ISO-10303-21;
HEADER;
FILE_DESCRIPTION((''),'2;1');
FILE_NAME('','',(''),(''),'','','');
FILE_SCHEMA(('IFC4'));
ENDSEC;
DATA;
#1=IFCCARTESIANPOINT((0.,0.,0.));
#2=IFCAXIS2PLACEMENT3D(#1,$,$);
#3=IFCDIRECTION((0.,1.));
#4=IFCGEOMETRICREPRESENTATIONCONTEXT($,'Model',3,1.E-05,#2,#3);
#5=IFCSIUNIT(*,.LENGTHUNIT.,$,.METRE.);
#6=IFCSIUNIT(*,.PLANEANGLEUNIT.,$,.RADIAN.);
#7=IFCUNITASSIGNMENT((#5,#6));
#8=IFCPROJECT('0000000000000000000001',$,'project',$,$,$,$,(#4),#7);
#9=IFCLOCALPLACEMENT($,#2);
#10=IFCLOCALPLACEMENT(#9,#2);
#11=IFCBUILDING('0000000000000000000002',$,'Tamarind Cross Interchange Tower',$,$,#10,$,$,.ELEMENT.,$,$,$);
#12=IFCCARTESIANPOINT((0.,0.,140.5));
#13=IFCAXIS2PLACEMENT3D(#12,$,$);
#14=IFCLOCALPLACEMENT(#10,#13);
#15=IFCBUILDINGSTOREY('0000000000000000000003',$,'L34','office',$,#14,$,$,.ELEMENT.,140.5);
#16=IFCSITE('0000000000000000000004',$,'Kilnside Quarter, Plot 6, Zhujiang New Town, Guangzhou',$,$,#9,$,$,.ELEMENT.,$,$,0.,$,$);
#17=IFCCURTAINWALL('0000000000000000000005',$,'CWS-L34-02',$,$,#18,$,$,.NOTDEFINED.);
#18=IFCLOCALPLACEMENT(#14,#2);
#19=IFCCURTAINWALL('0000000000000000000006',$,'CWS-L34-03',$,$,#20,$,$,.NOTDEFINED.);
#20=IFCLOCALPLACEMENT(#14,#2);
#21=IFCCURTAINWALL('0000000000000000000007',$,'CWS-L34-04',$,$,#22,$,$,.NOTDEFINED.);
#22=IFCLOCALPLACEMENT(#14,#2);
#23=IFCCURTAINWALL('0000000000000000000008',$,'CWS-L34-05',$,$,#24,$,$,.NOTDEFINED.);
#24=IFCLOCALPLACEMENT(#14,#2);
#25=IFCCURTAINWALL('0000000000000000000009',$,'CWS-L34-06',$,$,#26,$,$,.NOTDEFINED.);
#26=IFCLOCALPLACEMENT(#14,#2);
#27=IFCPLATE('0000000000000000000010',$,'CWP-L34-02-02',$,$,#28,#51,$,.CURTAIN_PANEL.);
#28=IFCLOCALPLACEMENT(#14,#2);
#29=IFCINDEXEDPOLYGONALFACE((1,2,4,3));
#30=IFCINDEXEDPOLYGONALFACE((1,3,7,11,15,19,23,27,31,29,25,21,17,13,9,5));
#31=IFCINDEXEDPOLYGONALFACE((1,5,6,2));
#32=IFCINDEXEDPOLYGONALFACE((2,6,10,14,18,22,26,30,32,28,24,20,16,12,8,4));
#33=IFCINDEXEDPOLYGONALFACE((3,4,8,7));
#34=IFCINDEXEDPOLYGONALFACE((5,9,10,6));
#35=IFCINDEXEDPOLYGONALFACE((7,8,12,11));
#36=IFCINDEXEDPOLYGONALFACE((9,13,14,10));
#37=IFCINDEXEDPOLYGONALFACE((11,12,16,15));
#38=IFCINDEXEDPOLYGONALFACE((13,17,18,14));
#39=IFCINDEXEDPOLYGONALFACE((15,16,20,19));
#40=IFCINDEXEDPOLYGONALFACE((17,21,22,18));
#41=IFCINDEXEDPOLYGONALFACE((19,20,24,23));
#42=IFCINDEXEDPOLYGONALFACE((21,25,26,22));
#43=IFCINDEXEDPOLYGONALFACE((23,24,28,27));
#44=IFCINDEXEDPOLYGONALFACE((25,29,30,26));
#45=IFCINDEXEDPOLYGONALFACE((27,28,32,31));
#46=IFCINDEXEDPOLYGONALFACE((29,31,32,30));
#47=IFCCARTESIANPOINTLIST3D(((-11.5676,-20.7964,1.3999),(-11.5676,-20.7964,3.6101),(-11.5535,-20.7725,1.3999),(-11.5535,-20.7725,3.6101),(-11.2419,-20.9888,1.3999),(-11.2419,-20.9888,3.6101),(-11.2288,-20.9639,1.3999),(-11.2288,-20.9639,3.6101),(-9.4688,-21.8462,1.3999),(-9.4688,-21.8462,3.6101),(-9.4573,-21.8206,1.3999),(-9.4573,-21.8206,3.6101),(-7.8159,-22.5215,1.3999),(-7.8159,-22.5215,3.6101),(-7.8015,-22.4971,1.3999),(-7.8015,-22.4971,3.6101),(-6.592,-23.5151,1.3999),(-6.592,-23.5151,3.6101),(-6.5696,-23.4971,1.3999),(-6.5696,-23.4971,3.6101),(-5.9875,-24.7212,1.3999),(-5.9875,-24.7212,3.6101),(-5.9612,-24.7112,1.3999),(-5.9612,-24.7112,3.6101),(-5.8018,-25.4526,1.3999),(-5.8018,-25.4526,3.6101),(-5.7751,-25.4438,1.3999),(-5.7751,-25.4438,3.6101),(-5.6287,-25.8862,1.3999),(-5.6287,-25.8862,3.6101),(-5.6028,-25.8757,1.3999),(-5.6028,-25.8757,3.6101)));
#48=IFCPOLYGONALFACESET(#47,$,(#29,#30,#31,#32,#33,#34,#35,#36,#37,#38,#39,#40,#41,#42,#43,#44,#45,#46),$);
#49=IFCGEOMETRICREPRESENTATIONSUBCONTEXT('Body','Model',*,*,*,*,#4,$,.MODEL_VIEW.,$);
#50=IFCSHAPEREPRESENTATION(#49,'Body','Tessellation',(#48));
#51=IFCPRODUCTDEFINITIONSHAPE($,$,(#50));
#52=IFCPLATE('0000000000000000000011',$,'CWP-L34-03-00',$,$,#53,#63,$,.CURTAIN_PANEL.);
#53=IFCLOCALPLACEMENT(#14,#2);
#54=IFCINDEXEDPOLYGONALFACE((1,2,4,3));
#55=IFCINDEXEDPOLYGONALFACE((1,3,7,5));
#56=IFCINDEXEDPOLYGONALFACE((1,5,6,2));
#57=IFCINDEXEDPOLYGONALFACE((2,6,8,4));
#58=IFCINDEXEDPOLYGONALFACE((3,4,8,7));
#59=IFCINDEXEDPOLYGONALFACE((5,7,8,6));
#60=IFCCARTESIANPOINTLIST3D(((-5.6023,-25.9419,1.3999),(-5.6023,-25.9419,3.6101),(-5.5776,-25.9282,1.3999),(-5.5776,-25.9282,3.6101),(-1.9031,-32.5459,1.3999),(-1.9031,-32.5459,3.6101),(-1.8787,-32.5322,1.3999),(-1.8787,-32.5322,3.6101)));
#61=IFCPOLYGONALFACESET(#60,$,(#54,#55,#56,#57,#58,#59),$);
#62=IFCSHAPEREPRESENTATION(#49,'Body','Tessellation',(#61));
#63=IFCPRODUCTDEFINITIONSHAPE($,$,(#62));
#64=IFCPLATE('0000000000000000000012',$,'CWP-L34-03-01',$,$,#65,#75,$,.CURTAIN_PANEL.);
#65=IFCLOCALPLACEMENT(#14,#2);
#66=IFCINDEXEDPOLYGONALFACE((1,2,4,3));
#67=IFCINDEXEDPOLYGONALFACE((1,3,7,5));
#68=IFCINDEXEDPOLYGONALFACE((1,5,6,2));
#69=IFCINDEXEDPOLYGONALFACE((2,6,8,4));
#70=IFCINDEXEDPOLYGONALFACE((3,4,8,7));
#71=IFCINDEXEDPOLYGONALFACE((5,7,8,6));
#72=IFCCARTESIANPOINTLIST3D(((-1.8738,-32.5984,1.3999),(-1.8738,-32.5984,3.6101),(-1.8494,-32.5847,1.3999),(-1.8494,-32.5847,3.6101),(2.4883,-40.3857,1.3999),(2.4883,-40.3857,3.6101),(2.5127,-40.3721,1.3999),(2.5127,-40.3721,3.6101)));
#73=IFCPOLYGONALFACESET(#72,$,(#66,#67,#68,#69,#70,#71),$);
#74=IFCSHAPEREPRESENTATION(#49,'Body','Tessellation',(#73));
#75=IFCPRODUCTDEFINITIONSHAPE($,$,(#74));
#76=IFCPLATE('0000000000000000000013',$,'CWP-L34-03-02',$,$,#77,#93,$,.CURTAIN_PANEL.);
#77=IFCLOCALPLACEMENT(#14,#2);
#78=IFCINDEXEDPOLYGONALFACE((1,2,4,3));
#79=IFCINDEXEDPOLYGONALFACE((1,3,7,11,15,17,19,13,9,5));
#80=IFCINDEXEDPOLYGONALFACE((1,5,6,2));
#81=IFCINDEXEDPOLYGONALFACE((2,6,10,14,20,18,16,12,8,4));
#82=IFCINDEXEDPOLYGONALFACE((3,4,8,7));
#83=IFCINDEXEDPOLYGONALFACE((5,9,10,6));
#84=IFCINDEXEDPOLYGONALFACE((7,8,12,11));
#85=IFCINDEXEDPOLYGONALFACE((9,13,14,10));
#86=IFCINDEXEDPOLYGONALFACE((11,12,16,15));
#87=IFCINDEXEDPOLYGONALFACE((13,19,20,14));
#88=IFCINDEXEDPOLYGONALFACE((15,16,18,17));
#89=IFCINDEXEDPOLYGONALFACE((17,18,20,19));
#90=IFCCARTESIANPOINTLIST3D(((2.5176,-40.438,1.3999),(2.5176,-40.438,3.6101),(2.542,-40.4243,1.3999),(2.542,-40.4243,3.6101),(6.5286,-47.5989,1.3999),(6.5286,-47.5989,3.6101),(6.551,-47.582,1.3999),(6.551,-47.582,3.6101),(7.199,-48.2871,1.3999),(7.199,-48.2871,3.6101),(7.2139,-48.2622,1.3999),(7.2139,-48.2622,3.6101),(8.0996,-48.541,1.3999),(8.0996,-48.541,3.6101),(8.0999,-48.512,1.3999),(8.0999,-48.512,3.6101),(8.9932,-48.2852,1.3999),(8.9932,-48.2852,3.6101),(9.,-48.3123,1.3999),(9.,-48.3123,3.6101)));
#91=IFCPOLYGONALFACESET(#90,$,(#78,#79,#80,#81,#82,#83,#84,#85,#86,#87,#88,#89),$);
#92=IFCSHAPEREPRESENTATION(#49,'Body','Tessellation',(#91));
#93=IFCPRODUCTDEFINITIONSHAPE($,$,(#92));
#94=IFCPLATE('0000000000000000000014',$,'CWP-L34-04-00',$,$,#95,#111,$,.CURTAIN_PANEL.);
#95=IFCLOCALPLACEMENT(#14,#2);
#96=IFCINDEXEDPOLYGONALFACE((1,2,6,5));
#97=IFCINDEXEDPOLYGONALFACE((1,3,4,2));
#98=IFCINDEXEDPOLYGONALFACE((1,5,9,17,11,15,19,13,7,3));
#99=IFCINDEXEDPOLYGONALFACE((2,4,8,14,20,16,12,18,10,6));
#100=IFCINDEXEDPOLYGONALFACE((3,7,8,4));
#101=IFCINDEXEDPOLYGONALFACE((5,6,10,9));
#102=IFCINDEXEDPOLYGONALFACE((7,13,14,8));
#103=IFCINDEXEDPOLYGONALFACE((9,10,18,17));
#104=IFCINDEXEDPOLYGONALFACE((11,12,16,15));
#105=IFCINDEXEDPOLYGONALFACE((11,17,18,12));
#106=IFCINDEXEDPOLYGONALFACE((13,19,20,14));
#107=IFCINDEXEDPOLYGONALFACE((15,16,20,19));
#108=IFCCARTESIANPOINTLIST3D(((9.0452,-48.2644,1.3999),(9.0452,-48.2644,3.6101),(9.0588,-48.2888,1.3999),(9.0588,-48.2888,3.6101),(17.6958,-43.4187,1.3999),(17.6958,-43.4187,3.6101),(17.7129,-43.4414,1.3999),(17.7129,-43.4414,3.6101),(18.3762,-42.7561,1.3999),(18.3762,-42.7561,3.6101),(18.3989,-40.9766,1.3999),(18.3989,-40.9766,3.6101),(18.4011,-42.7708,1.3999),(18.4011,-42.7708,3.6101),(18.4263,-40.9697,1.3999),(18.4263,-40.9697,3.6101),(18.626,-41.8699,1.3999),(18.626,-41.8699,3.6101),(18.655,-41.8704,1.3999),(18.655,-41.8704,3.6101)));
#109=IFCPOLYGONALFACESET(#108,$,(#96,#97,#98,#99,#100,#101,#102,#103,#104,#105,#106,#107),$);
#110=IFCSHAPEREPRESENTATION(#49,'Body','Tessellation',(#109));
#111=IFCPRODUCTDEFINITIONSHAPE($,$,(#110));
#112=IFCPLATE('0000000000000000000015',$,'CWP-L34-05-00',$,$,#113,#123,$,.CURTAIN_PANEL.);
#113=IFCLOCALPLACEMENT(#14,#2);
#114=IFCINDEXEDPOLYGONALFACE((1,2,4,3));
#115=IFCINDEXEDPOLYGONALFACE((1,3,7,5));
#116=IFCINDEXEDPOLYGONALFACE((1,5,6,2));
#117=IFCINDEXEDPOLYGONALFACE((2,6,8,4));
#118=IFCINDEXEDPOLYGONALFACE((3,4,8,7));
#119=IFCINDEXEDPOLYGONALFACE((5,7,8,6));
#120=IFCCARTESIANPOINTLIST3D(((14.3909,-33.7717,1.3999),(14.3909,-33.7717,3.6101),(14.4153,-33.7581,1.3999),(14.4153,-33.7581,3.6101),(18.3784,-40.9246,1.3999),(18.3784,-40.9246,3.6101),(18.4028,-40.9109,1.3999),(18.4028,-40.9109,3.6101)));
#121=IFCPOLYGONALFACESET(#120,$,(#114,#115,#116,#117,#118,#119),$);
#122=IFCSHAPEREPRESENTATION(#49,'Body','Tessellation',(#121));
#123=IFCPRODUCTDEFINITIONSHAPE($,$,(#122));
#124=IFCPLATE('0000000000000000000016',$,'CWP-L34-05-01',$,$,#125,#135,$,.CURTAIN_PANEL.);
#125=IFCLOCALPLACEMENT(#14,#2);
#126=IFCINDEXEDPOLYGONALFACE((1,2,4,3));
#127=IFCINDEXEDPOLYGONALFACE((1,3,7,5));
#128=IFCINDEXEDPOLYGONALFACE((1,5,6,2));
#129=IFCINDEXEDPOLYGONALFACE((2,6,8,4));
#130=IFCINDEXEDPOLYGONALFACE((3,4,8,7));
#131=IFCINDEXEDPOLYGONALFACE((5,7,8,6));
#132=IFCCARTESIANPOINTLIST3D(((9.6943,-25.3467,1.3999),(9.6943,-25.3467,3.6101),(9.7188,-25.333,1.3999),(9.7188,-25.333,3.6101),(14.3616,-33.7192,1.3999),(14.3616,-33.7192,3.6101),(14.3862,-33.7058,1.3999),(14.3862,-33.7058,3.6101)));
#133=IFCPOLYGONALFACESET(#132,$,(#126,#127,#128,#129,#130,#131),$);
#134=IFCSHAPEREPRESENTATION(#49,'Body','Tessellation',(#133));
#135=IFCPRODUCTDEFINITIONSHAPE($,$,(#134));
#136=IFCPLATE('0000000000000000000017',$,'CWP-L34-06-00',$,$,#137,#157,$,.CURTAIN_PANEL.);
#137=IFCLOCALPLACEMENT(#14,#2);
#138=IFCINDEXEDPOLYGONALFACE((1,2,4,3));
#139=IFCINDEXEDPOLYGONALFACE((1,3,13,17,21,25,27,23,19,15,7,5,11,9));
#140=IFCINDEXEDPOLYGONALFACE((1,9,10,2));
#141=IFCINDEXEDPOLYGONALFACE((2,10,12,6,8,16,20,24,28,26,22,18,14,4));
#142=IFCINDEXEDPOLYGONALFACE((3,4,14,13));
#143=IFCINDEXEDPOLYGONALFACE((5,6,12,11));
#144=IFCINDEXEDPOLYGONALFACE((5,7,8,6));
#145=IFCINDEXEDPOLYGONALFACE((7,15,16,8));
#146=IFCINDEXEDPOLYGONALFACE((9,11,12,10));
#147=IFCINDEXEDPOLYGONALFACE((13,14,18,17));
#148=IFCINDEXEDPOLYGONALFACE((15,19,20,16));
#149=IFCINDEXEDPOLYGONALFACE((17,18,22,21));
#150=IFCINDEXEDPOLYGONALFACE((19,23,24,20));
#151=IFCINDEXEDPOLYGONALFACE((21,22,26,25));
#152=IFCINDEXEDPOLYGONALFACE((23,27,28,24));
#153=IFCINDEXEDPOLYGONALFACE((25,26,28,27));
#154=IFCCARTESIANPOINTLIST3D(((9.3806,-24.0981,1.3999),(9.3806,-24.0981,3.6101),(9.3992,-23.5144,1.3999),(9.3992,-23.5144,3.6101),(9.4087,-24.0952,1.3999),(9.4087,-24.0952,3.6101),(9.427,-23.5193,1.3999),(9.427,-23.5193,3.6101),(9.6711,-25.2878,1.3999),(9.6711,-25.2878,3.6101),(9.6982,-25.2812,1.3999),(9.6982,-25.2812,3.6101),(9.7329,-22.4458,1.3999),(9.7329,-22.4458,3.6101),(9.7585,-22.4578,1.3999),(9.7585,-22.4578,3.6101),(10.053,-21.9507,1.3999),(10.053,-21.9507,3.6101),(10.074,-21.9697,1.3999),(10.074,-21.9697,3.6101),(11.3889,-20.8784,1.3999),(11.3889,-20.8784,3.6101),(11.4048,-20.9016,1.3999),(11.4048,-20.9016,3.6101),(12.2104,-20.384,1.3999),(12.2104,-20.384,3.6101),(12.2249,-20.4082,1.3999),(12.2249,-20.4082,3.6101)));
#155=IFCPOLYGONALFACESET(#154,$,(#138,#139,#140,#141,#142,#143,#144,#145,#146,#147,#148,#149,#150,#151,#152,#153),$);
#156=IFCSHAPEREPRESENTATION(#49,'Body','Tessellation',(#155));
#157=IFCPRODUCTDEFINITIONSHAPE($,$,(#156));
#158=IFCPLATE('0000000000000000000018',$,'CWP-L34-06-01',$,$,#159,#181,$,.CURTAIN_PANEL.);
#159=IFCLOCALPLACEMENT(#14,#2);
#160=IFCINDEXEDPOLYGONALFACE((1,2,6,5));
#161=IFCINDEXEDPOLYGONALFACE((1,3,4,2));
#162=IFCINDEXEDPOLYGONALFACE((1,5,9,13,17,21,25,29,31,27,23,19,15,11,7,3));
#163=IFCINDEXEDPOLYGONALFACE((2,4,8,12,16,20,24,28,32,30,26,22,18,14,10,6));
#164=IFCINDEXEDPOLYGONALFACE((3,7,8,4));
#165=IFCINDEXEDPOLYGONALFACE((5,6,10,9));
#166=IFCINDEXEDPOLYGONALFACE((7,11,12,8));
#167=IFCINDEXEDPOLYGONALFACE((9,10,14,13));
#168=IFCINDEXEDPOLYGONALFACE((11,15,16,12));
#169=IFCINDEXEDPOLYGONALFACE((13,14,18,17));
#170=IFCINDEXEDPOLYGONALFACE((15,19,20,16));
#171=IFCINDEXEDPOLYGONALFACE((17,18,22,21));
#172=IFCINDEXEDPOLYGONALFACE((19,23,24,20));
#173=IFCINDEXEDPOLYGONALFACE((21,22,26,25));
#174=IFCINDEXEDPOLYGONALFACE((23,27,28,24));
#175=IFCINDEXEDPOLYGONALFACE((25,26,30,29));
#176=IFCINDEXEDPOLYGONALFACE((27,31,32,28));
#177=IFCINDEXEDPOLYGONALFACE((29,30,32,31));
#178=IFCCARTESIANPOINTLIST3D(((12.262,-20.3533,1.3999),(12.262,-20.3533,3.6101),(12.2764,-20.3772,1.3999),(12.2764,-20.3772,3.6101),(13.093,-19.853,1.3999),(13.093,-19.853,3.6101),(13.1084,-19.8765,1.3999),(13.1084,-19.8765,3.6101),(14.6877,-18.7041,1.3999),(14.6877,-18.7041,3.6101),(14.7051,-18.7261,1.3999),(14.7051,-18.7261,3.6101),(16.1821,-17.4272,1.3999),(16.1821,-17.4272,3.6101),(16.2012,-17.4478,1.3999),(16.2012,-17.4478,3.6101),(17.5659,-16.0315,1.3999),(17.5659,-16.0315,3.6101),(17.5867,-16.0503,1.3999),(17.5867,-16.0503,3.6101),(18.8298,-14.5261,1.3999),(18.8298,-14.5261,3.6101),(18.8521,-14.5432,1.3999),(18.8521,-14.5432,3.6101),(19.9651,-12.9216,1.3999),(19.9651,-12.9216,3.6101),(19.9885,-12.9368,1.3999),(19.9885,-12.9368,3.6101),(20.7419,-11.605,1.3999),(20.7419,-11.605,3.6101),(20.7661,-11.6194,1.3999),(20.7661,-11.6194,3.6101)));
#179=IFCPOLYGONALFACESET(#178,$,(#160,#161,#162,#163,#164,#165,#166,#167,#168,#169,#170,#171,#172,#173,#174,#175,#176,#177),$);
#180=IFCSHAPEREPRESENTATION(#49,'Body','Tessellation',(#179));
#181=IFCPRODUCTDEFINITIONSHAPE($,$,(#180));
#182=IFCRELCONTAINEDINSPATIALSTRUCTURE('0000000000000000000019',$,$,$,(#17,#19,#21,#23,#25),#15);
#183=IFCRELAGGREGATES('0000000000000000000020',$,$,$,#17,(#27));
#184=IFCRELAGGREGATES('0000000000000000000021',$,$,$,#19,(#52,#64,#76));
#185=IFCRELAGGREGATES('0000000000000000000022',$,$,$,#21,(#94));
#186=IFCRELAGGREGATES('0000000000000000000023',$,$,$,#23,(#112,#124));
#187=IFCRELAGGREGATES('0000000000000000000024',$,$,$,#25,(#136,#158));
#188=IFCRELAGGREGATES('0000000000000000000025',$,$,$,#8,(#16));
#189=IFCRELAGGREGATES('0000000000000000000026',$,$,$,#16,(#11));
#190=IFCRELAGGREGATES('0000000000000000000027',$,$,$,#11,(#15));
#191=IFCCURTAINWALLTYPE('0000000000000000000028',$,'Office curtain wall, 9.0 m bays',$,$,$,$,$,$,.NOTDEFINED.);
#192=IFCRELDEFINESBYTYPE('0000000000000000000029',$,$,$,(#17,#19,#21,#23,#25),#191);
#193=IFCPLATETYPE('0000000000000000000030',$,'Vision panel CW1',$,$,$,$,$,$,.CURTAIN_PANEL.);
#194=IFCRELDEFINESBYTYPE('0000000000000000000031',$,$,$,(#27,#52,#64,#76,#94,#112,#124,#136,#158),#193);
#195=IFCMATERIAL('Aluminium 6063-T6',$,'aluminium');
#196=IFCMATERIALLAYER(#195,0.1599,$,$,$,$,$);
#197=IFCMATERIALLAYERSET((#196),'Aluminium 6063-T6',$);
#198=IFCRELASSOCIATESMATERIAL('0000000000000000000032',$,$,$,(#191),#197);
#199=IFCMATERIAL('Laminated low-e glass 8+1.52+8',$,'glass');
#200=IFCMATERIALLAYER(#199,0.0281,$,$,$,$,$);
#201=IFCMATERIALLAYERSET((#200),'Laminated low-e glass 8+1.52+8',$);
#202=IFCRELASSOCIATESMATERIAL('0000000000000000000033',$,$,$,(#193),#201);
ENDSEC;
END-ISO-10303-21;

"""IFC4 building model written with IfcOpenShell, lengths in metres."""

from ifc_helpers import new_model, si_unit, direction, frame, origin, place, context, subcontext, project, spatial, polyline, outline, extrude, material, layer, layer_set, type_object, element, aggregate, save


model = new_model("IFC4")

# Units and contexts
model_context = context("Model", 3, precision=1e-05, world=origin(), true_north=direction((0.0, 1.0)))
body_context = subcontext(model_context, "Body", "Model", "MODEL_VIEW")
ifc_project = project(units=[si_unit("LENGTHUNIT", "METRE"), si_unit("PLANEANGLEUNIT", "RADIAN")], contexts=[model_context])

# Site, building, storey
site_placement = place(None, origin())
site = spatial("IfcSite", under=ifc_project, at=site_placement, Name="Kilnside Quarter, Plot 6, Zhujiang New Town, Guangzhou", CompositionType="ELEMENT", RefElevation=0.0)
building_placement = place(site_placement, origin())
building = spatial("IfcBuilding", under=site, at=building_placement, Name="Tamarind Cross Interchange Tower", CompositionType="ELEMENT")
storey_placement = place(building_placement, frame((0.0, 0.0, 140.5)))
storey = spatial("IfcBuildingStorey", under=building, at=storey_placement, Name="L34", Description="office", CompositionType="ELEMENT", Elevation=140.5)

# Curtain walls
ifc_material_1 = material(Name="Aluminium 6063-T6", Category="aluminium")
ifc_layer_1 = layer(ifc_material_1, 0.1599)
ifc_layer_set_1 = layer_set([ifc_layer_1], Name="Aluminium 6063-T6")
curtain_wall_type = type_object("IfcCurtainWallType", Name="Office curtain wall, 9.0 m bays", PredefinedType="NOTDEFINED", material=ifc_layer_set_1)
curtain_wall_1_placement = place(storey_placement, origin())
curtain_wall_1 = element("IfcCurtainWall", 1, at=curtain_wall_1_placement, inside=storey, type_object=curtain_wall_type, Name="CWS-L34-02", PredefinedType="NOTDEFINED")
curtain_wall_2_placement = place(storey_placement, origin())
curtain_wall_2 = element("IfcCurtainWall", 2, at=curtain_wall_2_placement, inside=storey, type_object=curtain_wall_type, Name="CWS-L34-03", PredefinedType="NOTDEFINED")
curtain_wall_3_placement = place(storey_placement, origin())
curtain_wall_3 = element("IfcCurtainWall", 3, at=curtain_wall_3_placement, inside=storey, type_object=curtain_wall_type, Name="CWS-L34-04", PredefinedType="NOTDEFINED")
curtain_wall_4_placement = place(storey_placement, origin())
curtain_wall_4 = element("IfcCurtainWall", 4, at=curtain_wall_4_placement, inside=storey, type_object=curtain_wall_type, Name="CWS-L34-05", PredefinedType="NOTDEFINED")
curtain_wall_5_placement = place(storey_placement, origin())
curtain_wall_5 = element("IfcCurtainWall", 5, at=curtain_wall_5_placement, inside=storey, type_object=curtain_wall_type, Name="CWS-L34-06", PredefinedType="NOTDEFINED")

# Plates
ifc_material_2 = material(Name="Laminated low-e glass 8+1.52+8", Category="glass")
ifc_layer_2 = layer(ifc_material_2, 0.0281)
ifc_layer_set_2 = layer_set([ifc_layer_2], Name="Laminated low-e glass 8+1.52+8")
plate_type = type_object("IfcPlateType", Name="Vision panel CW1", PredefinedType="CURTAIN_PANEL", material=ifc_layer_set_2)
plate_1_placement = place(storey_placement, frame((0.0, 0.0, 1.3999)))
plate_1 = element("IfcPlate", 6, at=plate_1_placement, type_object=plate_type, Name="CWP-L34-02-02", PredefinedType="CURTAIN_PANEL", context=body_context, shape_type="SweptSolid", body=[
    extrude(outline(polyline([(-11.5535, -20.7725), (-11.2288, -20.9639), (-9.4573, -21.8206), (-7.8015, -22.4971), (-6.5696, -23.4971), (-5.9612, -24.7112), (-5.7751, -25.4438), (-5.6028, -25.8757), (-5.6287, -25.8862), (-5.8018, -25.4526), (-5.9875, -24.7212), (-6.592, -23.5151), (-7.8159, -22.5215), (-9.4688, -21.8462), (-11.2419, -20.9888), (-11.5676, -20.7964), (-11.5535, -20.7725)])), origin(), (0.0, 0.0, 1.0), 2.2102),
])
aggregate(curtain_wall_1, [plate_1])
plate_2_placement = place(storey_placement, frame((0.0, 0.0, 1.3999)))
plate_2 = element("IfcPlate", 7, at=plate_2_placement, type_object=plate_type, Name="CWP-L34-03-00", PredefinedType="CURTAIN_PANEL", context=body_context, shape_type="SweptSolid", body=[
    extrude(outline(polyline([(-5.5776, -25.9282), (-1.8787, -32.5322), (-1.9031, -32.5459), (-5.6023, -25.9419), (-5.5776, -25.9282)])), origin(), (0.0, 0.0, 1.0), 2.2102),
])
plate_3_placement = place(storey_placement, frame((0.0, 0.0, 1.3999)))
plate_3 = element("IfcPlate", 8, at=plate_3_placement, type_object=plate_type, Name="CWP-L34-03-01", PredefinedType="CURTAIN_PANEL", context=body_context, shape_type="SweptSolid", body=[
    extrude(outline(polyline([(-1.8494, -32.5847), (2.5127, -40.3721), (2.4883, -40.3857), (-1.8738, -32.5984), (-1.8494, -32.5847)])), origin(), (0.0, 0.0, 1.0), 2.2102),
])
plate_4_placement = place(storey_placement, frame((0.0, 0.0, 1.3999)))
plate_4 = element("IfcPlate", 9, at=plate_4_placement, type_object=plate_type, Name="CWP-L34-03-02", PredefinedType="CURTAIN_PANEL", context=body_context, shape_type="SweptSolid", body=[
    extrude(outline(polyline([(2.542, -40.4243), (6.551, -47.582), (7.2139, -48.2622), (8.0999, -48.512), (8.9932, -48.2852), (9.0, -48.3123), (8.0996, -48.541), (7.199, -48.2871), (6.5286, -47.5989), (2.5176, -40.438), (2.542, -40.4243)])), origin(), (0.0, 0.0, 1.0), 2.2102),
])
aggregate(curtain_wall_2, [plate_2, plate_3, plate_4])
plate_5_placement = place(storey_placement, frame((0.0, 0.0, 1.3999)))
plate_5 = element("IfcPlate", 10, at=plate_5_placement, type_object=plate_type, Name="CWP-L34-04-00", PredefinedType="CURTAIN_PANEL", context=body_context, shape_type="SweptSolid", body=[
    extrude(outline(polyline([(9.0452, -48.2644), (17.6958, -43.4187), (18.3762, -42.7561), (18.626, -41.8699), (18.3989, -40.9766), (18.4263, -40.9697), (18.655, -41.8704), (18.4011, -42.7708), (17.7129, -43.4414), (9.0588, -48.2888), (9.0452, -48.2644)])), origin(), (0.0, 0.0, 1.0), 2.2102),
])
aggregate(curtain_wall_3, [plate_5])
plate_6_placement = place(storey_placement, frame((0.0, 0.0, 1.3999)))
plate_6 = element("IfcPlate", 11, at=plate_6_placement, type_object=plate_type, Name="CWP-L34-05-00", PredefinedType="CURTAIN_PANEL", context=body_context, shape_type="SweptSolid", body=[
    extrude(outline(polyline([(18.3784, -40.9246), (14.3909, -33.7717), (14.4153, -33.7581), (18.4028, -40.9109), (18.3784, -40.9246)])), origin(), (0.0, 0.0, 1.0), 2.2102),
])
plate_7_placement = place(storey_placement, frame((0.0, 0.0, 1.3999)))
plate_7 = element("IfcPlate", 12, at=plate_7_placement, type_object=plate_type, Name="CWP-L34-05-01", PredefinedType="CURTAIN_PANEL", context=body_context, shape_type="SweptSolid", body=[
    extrude(outline(polyline([(14.3616, -33.7192), (9.6943, -25.3467), (9.7188, -25.333), (14.3862, -33.7058), (14.3616, -33.7192)])), origin(), (0.0, 0.0, 1.0), 2.2102),
])
aggregate(curtain_wall_4, [plate_6, plate_7])
plate_8_placement = place(storey_placement, frame((0.0, 0.0, 1.3999)))
plate_8 = element("IfcPlate", 13, at=plate_8_placement, type_object=plate_type, Name="CWP-L34-06-00", PredefinedType="CURTAIN_PANEL", context=body_context, shape_type="SweptSolid", body=[
    extrude(outline(polyline([(9.6711, -25.2878), (9.3806, -24.0981), (9.3992, -23.5144), (9.7329, -22.4458), (10.053, -21.9507), (11.3889, -20.8784), (12.2104, -20.384), (12.2249, -20.4082), (11.4048, -20.9016), (10.074, -21.9697), (9.7585, -22.4578), (9.427, -23.5193), (9.4087, -24.0952), (9.6982, -25.2812), (9.6711, -25.2878)])), origin(), (0.0, 0.0, 1.0), 2.2102),
])
plate_9_placement = place(storey_placement, frame((0.0, 0.0, 1.3999)))
plate_9 = element("IfcPlate", 14, at=plate_9_placement, type_object=plate_type, Name="CWP-L34-06-01", PredefinedType="CURTAIN_PANEL", context=body_context, shape_type="SweptSolid", body=[
    extrude(outline(polyline([(12.262, -20.3533), (13.093, -19.853), (14.6877, -18.7041), (16.1821, -17.4272), (17.5659, -16.0315), (18.8298, -14.5261), (19.9651, -12.9216), (20.7419, -11.605), (20.7661, -11.6194), (19.9885, -12.9368), (18.8521, -14.5432), (17.5867, -16.0503), (16.2012, -17.4478), (14.7051, -18.7261), (13.1084, -19.8765), (12.2764, -20.3772), (12.262, -20.3533)])), origin(), (0.0, 0.0, 1.0), 2.2102),
])
aggregate(curtain_wall_5, [plate_8, plate_9])

save(model, "model.ifc")
